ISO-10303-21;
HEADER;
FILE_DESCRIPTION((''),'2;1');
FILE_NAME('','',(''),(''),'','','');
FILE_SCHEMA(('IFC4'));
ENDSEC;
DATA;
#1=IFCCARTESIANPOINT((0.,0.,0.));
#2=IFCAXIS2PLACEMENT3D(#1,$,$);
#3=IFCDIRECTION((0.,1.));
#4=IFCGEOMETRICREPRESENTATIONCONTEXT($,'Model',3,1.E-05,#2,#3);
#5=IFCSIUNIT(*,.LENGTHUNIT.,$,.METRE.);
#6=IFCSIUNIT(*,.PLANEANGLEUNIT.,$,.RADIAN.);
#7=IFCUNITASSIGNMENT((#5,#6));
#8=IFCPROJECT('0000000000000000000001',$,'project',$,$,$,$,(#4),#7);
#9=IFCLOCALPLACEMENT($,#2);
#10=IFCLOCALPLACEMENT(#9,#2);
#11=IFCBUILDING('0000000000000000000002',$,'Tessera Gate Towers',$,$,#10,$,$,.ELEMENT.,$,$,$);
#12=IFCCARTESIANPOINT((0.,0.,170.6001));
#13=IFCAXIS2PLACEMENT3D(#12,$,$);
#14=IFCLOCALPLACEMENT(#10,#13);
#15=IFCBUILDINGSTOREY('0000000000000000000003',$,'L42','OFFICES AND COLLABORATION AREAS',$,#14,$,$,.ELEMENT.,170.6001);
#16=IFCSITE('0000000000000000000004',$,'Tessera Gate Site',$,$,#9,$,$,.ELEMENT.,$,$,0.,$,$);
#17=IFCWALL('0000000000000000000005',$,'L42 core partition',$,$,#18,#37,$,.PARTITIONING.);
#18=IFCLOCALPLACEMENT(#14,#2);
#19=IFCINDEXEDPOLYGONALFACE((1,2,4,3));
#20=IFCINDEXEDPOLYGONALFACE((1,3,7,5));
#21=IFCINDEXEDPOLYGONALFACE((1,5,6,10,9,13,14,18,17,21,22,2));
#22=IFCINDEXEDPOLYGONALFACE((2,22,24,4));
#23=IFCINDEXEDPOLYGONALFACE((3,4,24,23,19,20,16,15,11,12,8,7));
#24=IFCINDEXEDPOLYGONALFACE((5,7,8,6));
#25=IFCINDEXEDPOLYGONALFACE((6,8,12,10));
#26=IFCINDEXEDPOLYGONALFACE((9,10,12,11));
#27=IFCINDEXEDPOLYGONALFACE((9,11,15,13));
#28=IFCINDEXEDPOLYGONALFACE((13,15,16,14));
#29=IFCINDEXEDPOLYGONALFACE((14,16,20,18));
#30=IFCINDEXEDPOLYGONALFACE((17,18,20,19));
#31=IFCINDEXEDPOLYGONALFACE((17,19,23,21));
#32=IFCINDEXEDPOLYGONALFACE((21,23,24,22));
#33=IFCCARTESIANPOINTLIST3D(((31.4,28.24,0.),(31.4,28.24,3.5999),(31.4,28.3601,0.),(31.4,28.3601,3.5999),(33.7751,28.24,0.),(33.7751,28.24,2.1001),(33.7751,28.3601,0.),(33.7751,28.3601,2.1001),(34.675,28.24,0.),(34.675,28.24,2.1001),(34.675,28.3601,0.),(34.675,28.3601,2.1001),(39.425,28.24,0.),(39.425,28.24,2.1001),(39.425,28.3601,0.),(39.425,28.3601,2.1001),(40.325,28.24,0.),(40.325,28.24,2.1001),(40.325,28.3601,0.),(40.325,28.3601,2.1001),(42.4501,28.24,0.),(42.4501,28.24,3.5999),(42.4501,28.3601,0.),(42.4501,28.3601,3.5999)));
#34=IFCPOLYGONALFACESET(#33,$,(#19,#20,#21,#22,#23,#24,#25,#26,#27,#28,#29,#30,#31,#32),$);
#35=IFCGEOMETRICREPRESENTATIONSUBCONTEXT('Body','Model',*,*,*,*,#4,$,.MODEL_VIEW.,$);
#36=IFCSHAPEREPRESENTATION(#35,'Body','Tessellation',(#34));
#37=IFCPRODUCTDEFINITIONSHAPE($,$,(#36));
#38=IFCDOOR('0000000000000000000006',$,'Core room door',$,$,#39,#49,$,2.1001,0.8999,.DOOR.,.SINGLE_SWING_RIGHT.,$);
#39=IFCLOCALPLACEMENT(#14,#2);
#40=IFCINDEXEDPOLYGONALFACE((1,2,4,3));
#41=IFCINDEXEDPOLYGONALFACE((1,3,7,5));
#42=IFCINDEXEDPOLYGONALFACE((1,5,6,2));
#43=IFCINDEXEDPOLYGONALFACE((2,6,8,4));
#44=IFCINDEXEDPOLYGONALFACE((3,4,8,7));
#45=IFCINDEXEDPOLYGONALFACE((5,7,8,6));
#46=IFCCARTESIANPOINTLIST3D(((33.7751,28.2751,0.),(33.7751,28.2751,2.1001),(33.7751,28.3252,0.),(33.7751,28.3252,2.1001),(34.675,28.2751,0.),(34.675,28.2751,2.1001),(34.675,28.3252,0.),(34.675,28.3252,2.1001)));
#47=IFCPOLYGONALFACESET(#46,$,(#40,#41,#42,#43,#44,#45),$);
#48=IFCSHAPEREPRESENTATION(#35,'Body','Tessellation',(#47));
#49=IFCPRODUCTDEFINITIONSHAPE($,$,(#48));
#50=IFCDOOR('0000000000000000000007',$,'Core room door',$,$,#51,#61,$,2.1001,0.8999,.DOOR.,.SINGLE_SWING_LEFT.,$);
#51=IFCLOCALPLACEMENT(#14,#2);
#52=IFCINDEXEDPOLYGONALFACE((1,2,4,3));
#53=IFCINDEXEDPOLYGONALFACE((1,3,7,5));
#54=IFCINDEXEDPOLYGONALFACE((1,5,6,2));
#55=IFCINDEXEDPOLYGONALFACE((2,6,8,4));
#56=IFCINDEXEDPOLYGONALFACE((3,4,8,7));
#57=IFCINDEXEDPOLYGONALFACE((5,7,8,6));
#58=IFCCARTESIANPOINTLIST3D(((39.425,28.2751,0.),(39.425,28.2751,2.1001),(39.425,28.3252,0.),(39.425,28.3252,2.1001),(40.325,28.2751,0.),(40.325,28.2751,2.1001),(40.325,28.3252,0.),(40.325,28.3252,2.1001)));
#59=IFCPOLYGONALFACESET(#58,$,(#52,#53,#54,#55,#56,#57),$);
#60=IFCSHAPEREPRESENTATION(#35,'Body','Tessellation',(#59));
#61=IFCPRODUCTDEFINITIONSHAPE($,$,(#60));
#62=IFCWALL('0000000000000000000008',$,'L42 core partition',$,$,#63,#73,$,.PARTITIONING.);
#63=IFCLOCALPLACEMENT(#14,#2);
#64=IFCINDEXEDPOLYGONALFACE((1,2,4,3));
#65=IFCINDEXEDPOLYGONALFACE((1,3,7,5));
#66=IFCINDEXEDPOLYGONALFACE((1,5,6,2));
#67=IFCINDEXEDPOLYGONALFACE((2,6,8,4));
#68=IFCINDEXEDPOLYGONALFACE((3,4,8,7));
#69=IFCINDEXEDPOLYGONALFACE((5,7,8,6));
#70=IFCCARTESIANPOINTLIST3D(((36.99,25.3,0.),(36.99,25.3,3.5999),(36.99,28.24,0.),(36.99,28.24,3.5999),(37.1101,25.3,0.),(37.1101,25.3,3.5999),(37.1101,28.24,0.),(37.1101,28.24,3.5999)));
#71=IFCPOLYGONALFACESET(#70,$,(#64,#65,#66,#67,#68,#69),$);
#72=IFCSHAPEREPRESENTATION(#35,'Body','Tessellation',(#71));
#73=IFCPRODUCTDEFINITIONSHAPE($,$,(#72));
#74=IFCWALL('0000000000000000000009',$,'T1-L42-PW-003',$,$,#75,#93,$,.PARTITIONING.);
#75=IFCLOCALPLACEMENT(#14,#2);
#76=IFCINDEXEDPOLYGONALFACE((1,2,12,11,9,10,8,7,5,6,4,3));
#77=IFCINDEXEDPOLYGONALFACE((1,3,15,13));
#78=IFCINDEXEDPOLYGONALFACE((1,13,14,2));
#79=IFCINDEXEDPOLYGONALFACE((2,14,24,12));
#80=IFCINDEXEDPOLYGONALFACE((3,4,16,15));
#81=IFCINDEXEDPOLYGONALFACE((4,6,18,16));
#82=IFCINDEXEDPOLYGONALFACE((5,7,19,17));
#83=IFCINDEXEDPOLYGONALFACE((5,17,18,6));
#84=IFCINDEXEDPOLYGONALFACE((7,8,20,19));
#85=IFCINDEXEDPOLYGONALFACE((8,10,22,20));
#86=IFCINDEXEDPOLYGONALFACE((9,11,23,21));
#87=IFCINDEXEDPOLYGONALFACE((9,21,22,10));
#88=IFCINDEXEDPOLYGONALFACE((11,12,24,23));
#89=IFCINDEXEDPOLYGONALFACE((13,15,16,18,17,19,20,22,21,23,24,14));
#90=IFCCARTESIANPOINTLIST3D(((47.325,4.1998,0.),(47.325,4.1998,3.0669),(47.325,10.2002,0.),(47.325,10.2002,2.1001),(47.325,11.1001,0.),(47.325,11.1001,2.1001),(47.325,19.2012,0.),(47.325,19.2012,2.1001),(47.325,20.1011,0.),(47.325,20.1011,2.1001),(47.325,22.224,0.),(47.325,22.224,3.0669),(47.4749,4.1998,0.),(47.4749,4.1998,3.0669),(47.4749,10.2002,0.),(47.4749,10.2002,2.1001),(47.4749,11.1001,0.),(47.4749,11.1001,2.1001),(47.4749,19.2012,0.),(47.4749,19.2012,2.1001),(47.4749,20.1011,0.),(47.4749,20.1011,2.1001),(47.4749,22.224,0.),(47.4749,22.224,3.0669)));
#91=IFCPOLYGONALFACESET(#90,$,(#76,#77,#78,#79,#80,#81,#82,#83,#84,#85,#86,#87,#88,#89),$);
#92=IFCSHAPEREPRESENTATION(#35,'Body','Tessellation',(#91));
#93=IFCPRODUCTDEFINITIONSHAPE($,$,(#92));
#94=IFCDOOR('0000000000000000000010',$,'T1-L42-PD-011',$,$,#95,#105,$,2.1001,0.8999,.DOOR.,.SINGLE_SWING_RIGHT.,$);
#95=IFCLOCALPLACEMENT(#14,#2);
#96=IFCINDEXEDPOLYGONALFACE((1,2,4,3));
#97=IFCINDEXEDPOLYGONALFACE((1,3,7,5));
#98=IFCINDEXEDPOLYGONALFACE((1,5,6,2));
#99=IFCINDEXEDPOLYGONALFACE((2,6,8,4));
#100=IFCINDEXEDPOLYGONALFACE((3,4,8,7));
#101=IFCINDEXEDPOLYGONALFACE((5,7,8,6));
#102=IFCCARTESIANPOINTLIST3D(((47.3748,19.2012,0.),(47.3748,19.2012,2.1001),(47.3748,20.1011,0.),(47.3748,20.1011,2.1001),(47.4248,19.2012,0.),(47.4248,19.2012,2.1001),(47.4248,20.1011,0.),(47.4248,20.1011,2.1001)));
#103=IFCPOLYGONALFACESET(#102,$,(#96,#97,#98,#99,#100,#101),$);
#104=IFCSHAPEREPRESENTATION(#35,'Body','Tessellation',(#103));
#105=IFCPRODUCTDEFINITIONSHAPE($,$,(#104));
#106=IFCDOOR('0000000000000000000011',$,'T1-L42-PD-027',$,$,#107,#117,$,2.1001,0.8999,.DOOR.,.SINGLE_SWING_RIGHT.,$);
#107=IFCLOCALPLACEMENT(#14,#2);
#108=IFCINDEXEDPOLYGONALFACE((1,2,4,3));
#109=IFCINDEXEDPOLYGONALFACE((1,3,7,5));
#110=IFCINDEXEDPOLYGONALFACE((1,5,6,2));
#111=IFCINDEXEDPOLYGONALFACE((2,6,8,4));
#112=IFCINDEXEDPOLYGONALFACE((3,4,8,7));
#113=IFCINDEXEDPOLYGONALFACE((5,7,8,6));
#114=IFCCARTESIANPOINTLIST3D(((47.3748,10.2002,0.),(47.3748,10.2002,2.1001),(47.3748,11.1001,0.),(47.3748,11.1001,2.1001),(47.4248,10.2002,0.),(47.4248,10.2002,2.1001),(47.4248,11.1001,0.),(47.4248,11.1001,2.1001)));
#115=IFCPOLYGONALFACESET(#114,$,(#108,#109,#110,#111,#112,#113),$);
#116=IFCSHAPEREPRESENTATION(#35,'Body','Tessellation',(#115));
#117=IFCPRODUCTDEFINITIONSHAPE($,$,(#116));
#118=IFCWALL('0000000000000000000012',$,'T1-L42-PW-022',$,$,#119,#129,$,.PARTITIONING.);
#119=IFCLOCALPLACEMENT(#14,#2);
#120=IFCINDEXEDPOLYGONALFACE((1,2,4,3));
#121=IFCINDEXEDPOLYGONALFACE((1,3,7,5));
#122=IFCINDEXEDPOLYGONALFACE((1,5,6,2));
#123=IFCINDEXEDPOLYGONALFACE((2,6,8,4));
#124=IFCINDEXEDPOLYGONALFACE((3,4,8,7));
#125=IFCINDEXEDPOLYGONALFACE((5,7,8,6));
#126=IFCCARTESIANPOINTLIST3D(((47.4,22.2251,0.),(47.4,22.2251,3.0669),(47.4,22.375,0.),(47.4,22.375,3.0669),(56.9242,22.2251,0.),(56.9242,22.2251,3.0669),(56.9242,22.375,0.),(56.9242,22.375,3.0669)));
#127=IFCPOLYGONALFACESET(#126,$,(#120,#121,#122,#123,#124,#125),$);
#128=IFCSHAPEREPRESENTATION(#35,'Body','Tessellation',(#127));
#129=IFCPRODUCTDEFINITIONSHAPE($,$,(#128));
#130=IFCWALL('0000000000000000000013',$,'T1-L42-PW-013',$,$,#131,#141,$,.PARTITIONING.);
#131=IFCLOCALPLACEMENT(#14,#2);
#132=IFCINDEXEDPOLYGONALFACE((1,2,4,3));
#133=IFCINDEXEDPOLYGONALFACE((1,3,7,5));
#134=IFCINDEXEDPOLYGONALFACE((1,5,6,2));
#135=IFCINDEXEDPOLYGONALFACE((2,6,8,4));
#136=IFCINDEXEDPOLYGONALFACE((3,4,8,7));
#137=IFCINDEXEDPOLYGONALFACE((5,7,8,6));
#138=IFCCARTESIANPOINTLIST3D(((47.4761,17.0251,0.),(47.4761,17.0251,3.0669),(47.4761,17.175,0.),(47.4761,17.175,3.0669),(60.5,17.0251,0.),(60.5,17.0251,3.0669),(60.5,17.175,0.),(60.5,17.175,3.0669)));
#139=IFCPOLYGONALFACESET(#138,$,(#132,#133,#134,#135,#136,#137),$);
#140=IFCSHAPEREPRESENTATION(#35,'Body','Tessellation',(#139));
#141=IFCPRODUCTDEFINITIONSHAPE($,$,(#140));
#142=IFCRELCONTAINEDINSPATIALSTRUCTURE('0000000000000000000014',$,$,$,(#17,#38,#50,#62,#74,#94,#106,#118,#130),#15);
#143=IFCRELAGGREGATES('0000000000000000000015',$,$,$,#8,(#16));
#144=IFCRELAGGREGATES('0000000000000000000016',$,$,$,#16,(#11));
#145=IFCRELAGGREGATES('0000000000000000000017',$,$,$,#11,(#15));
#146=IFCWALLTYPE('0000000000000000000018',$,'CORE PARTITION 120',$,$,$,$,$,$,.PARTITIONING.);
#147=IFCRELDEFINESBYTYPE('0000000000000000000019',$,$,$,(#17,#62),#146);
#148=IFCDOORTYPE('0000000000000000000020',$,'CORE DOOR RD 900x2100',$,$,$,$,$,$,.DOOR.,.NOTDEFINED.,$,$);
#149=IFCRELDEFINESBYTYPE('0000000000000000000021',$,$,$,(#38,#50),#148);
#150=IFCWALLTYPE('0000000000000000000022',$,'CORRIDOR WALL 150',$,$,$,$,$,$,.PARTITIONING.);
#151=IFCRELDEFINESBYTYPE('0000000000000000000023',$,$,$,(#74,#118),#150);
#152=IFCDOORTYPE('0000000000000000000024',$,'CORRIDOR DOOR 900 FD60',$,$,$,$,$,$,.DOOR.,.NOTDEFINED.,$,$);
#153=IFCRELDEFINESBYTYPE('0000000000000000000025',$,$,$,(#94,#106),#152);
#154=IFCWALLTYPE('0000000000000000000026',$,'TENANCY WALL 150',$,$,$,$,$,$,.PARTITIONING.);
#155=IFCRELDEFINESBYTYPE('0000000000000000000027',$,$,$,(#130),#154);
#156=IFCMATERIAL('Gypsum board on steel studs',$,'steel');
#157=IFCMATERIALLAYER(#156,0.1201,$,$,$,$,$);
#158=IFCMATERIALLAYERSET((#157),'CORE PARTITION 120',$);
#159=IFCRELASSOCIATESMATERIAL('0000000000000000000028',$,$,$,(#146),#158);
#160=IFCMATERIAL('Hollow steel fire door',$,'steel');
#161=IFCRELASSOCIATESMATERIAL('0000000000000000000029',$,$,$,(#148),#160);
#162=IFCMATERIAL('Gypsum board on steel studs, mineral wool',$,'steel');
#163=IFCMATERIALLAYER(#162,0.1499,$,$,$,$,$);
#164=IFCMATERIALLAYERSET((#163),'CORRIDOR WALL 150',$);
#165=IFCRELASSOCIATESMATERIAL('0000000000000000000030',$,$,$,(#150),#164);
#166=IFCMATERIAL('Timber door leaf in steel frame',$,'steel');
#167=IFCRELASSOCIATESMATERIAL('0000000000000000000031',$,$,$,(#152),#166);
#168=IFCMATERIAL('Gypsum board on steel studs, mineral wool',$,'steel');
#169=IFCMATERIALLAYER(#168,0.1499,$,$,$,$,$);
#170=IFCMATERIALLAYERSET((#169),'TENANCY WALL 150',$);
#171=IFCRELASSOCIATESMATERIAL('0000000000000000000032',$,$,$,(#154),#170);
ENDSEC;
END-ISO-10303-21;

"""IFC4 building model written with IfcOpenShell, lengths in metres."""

from ifc_helpers import new_model, si_unit, direction, frame, frame_2d, origin, place, context, subcontext, project, spatial, rectangle, extrude, source, transform, mapped, material, layer, layer_set, type_object, element, fill, save


model = new_model("IFC4")

# Units and contexts
model_context = context("Model", 3, precision=1e-05, world=origin(), true_north=direction((0.0, 1.0)))
body_context = subcontext(model_context, "Body", "Model", "MODEL_VIEW")
ifc_project = project(units=[si_unit("LENGTHUNIT", "METRE"), si_unit("PLANEANGLEUNIT", "RADIAN")], contexts=[model_context])

# Site, building, storey
site_placement = place(None, origin())
site = spatial("IfcSite", under=ifc_project, at=site_placement, Name="Tessera Gate Site", CompositionType="ELEMENT", RefElevation=0.0)
building_placement = place(site_placement, origin())
building = spatial("IfcBuilding", under=site, at=building_placement, Name="Tessera Gate Towers", CompositionType="ELEMENT")
storey_placement = place(building_placement, frame((0.0, 0.0, 170.6001)))
storey = spatial("IfcBuildingStorey", under=building, at=storey_placement, Name="L42", Description="OFFICES AND COLLABORATION AREAS", CompositionType="ELEMENT", Elevation=170.6001)

# Wall, openings, doors
ifc_material_1 = material(Name="Gypsum board on steel studs", Category="steel")
ifc_layer_1 = layer(ifc_material_1, 0.1201)
ifc_layer_set_1 = layer_set([ifc_layer_1], Name="CORE PARTITION 120")
wall_type_1 = type_object("IfcWallType", Name="CORE PARTITION 120", PredefinedType="PARTITIONING", material=ifc_layer_set_1)
wall_1_placement = place(storey_placement, frame((42.45, 28.3, 0.0), z_axis=(0.0, 0.0, 1.0), x_axis=(-1.0, 0.0, 0.0)))
wall_1 = element("IfcWall", 1, at=wall_1_placement, inside=storey, type_object=wall_type_1, Name="L42 core partition", PredefinedType="PARTITIONING", context=body_context, shape_type="SweptSolid", body=[
    extrude(rectangle(XDim=11.05, YDim=0.1201, at=frame_2d((5.5249, 0.0))), origin(), (0.0, 0.0, 1.0), 3.5999),
])
shared_shape_1 = source(origin(), body_context, "Body", "SweptSolid", [
    extrude(rectangle(XDim=0.8999, YDim=2.1001, at=frame_2d((0.45, 1.05))), frame((0.0, 0.0701, 0.0), z_axis=(0.0, -1.0, 0.0), x_axis=(1.0, 0.0, 0.0)), (0.0, 0.0, 1.0), 0.1401),
])
opening_1_placement = place(wall_1_placement, frame((7.7749, 0.0, 0.0)))
opening_1 = element("IfcOpeningElement", 2, at=opening_1_placement, cuts=wall_1, PredefinedType="OPENING", context=body_context, shape_type="MappedRepresentation", body=[
    mapped(shared_shape_1, transform((0.0, 0.0, 0.0), scale=1.0)),
])
opening_2_placement = place(wall_1_placement, frame((2.125, 0.0, 0.0)))
opening_2 = element("IfcOpeningElement", 3, at=opening_2_placement, cuts=wall_1, PredefinedType="OPENING", context=body_context, shape_type="MappedRepresentation", body=[
    mapped(shared_shape_1, transform((0.0, 0.0, 0.0), scale=1.0)),
])
ifc_material_2 = material(Name="Hollow steel fire door", Category="steel")
door_type_1 = type_object("IfcDoorType", Name="CORE DOOR RD 900x2100", OperationType="NOTDEFINED", PredefinedType="DOOR", material=ifc_material_2)
shared_shape_2 = source(origin(), body_context, "Body", "SweptSolid", [
    extrude(rectangle(XDim=0.8999, YDim=2.1001, at=frame_2d((0.45, 1.05))), frame((0.0, 0.0249, 0.0), z_axis=(0.0, -1.0, 0.0), x_axis=(1.0, 0.0, 0.0)), (0.0, 0.0, 1.0), 0.05),
])
door_1_placement = place(opening_1_placement, origin())
door_1 = element("IfcDoor", 4, at=door_1_placement, inside=storey, type_object=door_type_1, Name="Core room door", OperationType="SINGLE_SWING_RIGHT", OverallHeight=2.1001, OverallWidth=0.8999, PredefinedType="DOOR", context=body_context, shape_type="MappedRepresentation", body=[
    mapped(shared_shape_2, transform((0.0, 0.0, 0.0), scale=1.0)),
])
fill(opening_1, door_1)
door_2_placement = place(opening_2_placement, origin())
door_2 = element("IfcDoor", 5, at=door_2_placement, inside=storey, type_object=door_type_1, Name="Core room door", OperationType="SINGLE_SWING_LEFT", OverallHeight=2.1001, OverallWidth=0.8999, PredefinedType="DOOR", context=body_context, shape_type="MappedRepresentation", body=[
    mapped(shared_shape_2, transform((0.0, 0.0, 0.0), scale=1.0)),
])
fill(opening_2, door_2)

# Wall
wall_2_placement = place(storey_placement, frame((37.05, 25.3, 0.0), z_axis=(0.0, 0.0, 1.0), x_axis=(0.0, 1.0, 0.0)))
element("IfcWall", 6, at=wall_2_placement, inside=storey, type_object=wall_type_1, Name="L42 core partition", PredefinedType="PARTITIONING", context=body_context, shape_type="SweptSolid", body=[
    extrude(rectangle(XDim=2.9399, YDim=0.1201, at=frame_2d((1.47, 0.0))), origin(), (0.0, 0.0, 1.0), 3.5999),
])

# Wall, openings, doors
ifc_material_3 = material(Name="Gypsum board on steel studs, mineral wool", Category="steel")
ifc_layer_2 = layer(ifc_material_3, 0.1499)
ifc_layer_set_2 = layer_set([ifc_layer_2], Name="CORRIDOR WALL 150")
wall_type_2 = type_object("IfcWallType", Name="CORRIDOR WALL 150", PredefinedType="PARTITIONING", material=ifc_layer_set_2)
wall_3_placement = place(storey_placement, frame((47.3999, 22.2241, 0.0), z_axis=(0.0, 0.0, 1.0), x_axis=(0.0, -1.0, 0.0)))
wall_3 = element("IfcWall", 7, at=wall_3_placement, inside=storey, type_object=wall_type_2, Name="T1-L42-PW-003", PredefinedType="PARTITIONING", context=body_context, shape_type="SweptSolid", body=[
    extrude(rectangle(XDim=18.0242, YDim=0.1499, at=frame_2d((9.0122, 0.0))), origin(), (0.0, 0.0, 1.0), 3.0669),
])
shared_shape_3 = source(origin(), body_context, "Body", "SweptSolid", [
    extrude(rectangle(XDim=0.8999, YDim=2.1001, at=frame_2d((0.45, 1.05))), frame((0.0, 0.085, 0.0), z_axis=(0.0, -1.0, 0.0), x_axis=(1.0, 0.0, 0.0)), (0.0, 0.0, 1.0), 0.1699),
])
opening_3_placement = place(wall_3_placement, frame((2.123, 0.0, 0.0)))
opening_3 = element("IfcOpeningElement", 8, at=opening_3_placement, cuts=wall_3, PredefinedType="OPENING", context=body_context, shape_type="MappedRepresentation", body=[
    mapped(shared_shape_3, transform((0.0, 0.0, 0.0), scale=1.0)),
])
opening_4_placement = place(wall_3_placement, frame((11.124, 0.0, 0.0)))
opening_4 = element("IfcOpeningElement", 9, at=opening_4_placement, cuts=wall_3, PredefinedType="OPENING", context=body_context, shape_type="MappedRepresentation", body=[
    mapped(shared_shape_3, transform((0.0, 0.0, 0.0), scale=1.0)),
])
ifc_material_4 = material(Name="Timber door leaf in steel frame", Category="steel")
door_type_2 = type_object("IfcDoorType", Name="CORRIDOR DOOR 900 FD60", OperationType="NOTDEFINED", PredefinedType="DOOR", material=ifc_material_4)
door_3_placement = place(opening_3_placement, origin())
door_3 = element("IfcDoor", 10, at=door_3_placement, inside=storey, type_object=door_type_2, Name="T1-L42-PD-011", OperationType="SINGLE_SWING_RIGHT", OverallHeight=2.1001, OverallWidth=0.8999, PredefinedType="DOOR", context=body_context, shape_type="MappedRepresentation", body=[
    mapped(shared_shape_2, transform((0.0, 0.0, 0.0), scale=1.0)),
])
fill(opening_3, door_3)
door_4_placement = place(opening_4_placement, origin())
door_4 = element("IfcDoor", 11, at=door_4_placement, inside=storey, type_object=door_type_2, Name="T1-L42-PD-027", OperationType="SINGLE_SWING_RIGHT", OverallHeight=2.1001, OverallWidth=0.8999, PredefinedType="DOOR", context=body_context, shape_type="MappedRepresentation", body=[
    mapped(shared_shape_2, transform((0.0, 0.0, 0.0), scale=1.0)),
])
fill(opening_4, door_4)

# Walls
wall_4_placement = place(storey_placement, frame((47.3999, 22.3, 0.0), z_axis=(0.0, 0.0, 1.0), x_axis=(1.0, 0.0, 0.0)))
element("IfcWall", 12, at=wall_4_placement, inside=storey, type_object=wall_type_2, Name="T1-L42-PW-022", PredefinedType="PARTITIONING", context=body_context, shape_type="SweptSolid", body=[
    extrude(rectangle(XDim=9.5242, YDim=0.1499, at=frame_2d((4.7622, 0.0))), origin(), (0.0, 0.0, 1.0), 3.0669),
])
ifc_material_5 = material(Name="Gypsum board on steel studs, mineral wool", Category="steel")
ifc_layer_3 = layer(ifc_material_5, 0.1499)
ifc_layer_set_3 = layer_set([ifc_layer_3], Name="TENANCY WALL 150")
wall_type_3 = type_object("IfcWallType", Name="TENANCY WALL 150", PredefinedType="PARTITIONING", material=ifc_layer_set_3)
wall_5_placement = place(storey_placement, frame((47.4761, 17.1001, 0.0), z_axis=(0.0, 0.0, 1.0), x_axis=(1.0, 0.0, 0.0)))
element("IfcWall", 13, at=wall_5_placement, inside=storey, type_object=wall_type_3, Name="T1-L42-PW-013", PredefinedType="PARTITIONING", context=body_context, shape_type="SweptSolid", body=[
    extrude(rectangle(XDim=13.0239, YDim=0.1499, at=frame_2d((6.512, 0.0))), origin(), (0.0, 0.0, 1.0), 3.0669),
])

save(model, "model.ifc")
